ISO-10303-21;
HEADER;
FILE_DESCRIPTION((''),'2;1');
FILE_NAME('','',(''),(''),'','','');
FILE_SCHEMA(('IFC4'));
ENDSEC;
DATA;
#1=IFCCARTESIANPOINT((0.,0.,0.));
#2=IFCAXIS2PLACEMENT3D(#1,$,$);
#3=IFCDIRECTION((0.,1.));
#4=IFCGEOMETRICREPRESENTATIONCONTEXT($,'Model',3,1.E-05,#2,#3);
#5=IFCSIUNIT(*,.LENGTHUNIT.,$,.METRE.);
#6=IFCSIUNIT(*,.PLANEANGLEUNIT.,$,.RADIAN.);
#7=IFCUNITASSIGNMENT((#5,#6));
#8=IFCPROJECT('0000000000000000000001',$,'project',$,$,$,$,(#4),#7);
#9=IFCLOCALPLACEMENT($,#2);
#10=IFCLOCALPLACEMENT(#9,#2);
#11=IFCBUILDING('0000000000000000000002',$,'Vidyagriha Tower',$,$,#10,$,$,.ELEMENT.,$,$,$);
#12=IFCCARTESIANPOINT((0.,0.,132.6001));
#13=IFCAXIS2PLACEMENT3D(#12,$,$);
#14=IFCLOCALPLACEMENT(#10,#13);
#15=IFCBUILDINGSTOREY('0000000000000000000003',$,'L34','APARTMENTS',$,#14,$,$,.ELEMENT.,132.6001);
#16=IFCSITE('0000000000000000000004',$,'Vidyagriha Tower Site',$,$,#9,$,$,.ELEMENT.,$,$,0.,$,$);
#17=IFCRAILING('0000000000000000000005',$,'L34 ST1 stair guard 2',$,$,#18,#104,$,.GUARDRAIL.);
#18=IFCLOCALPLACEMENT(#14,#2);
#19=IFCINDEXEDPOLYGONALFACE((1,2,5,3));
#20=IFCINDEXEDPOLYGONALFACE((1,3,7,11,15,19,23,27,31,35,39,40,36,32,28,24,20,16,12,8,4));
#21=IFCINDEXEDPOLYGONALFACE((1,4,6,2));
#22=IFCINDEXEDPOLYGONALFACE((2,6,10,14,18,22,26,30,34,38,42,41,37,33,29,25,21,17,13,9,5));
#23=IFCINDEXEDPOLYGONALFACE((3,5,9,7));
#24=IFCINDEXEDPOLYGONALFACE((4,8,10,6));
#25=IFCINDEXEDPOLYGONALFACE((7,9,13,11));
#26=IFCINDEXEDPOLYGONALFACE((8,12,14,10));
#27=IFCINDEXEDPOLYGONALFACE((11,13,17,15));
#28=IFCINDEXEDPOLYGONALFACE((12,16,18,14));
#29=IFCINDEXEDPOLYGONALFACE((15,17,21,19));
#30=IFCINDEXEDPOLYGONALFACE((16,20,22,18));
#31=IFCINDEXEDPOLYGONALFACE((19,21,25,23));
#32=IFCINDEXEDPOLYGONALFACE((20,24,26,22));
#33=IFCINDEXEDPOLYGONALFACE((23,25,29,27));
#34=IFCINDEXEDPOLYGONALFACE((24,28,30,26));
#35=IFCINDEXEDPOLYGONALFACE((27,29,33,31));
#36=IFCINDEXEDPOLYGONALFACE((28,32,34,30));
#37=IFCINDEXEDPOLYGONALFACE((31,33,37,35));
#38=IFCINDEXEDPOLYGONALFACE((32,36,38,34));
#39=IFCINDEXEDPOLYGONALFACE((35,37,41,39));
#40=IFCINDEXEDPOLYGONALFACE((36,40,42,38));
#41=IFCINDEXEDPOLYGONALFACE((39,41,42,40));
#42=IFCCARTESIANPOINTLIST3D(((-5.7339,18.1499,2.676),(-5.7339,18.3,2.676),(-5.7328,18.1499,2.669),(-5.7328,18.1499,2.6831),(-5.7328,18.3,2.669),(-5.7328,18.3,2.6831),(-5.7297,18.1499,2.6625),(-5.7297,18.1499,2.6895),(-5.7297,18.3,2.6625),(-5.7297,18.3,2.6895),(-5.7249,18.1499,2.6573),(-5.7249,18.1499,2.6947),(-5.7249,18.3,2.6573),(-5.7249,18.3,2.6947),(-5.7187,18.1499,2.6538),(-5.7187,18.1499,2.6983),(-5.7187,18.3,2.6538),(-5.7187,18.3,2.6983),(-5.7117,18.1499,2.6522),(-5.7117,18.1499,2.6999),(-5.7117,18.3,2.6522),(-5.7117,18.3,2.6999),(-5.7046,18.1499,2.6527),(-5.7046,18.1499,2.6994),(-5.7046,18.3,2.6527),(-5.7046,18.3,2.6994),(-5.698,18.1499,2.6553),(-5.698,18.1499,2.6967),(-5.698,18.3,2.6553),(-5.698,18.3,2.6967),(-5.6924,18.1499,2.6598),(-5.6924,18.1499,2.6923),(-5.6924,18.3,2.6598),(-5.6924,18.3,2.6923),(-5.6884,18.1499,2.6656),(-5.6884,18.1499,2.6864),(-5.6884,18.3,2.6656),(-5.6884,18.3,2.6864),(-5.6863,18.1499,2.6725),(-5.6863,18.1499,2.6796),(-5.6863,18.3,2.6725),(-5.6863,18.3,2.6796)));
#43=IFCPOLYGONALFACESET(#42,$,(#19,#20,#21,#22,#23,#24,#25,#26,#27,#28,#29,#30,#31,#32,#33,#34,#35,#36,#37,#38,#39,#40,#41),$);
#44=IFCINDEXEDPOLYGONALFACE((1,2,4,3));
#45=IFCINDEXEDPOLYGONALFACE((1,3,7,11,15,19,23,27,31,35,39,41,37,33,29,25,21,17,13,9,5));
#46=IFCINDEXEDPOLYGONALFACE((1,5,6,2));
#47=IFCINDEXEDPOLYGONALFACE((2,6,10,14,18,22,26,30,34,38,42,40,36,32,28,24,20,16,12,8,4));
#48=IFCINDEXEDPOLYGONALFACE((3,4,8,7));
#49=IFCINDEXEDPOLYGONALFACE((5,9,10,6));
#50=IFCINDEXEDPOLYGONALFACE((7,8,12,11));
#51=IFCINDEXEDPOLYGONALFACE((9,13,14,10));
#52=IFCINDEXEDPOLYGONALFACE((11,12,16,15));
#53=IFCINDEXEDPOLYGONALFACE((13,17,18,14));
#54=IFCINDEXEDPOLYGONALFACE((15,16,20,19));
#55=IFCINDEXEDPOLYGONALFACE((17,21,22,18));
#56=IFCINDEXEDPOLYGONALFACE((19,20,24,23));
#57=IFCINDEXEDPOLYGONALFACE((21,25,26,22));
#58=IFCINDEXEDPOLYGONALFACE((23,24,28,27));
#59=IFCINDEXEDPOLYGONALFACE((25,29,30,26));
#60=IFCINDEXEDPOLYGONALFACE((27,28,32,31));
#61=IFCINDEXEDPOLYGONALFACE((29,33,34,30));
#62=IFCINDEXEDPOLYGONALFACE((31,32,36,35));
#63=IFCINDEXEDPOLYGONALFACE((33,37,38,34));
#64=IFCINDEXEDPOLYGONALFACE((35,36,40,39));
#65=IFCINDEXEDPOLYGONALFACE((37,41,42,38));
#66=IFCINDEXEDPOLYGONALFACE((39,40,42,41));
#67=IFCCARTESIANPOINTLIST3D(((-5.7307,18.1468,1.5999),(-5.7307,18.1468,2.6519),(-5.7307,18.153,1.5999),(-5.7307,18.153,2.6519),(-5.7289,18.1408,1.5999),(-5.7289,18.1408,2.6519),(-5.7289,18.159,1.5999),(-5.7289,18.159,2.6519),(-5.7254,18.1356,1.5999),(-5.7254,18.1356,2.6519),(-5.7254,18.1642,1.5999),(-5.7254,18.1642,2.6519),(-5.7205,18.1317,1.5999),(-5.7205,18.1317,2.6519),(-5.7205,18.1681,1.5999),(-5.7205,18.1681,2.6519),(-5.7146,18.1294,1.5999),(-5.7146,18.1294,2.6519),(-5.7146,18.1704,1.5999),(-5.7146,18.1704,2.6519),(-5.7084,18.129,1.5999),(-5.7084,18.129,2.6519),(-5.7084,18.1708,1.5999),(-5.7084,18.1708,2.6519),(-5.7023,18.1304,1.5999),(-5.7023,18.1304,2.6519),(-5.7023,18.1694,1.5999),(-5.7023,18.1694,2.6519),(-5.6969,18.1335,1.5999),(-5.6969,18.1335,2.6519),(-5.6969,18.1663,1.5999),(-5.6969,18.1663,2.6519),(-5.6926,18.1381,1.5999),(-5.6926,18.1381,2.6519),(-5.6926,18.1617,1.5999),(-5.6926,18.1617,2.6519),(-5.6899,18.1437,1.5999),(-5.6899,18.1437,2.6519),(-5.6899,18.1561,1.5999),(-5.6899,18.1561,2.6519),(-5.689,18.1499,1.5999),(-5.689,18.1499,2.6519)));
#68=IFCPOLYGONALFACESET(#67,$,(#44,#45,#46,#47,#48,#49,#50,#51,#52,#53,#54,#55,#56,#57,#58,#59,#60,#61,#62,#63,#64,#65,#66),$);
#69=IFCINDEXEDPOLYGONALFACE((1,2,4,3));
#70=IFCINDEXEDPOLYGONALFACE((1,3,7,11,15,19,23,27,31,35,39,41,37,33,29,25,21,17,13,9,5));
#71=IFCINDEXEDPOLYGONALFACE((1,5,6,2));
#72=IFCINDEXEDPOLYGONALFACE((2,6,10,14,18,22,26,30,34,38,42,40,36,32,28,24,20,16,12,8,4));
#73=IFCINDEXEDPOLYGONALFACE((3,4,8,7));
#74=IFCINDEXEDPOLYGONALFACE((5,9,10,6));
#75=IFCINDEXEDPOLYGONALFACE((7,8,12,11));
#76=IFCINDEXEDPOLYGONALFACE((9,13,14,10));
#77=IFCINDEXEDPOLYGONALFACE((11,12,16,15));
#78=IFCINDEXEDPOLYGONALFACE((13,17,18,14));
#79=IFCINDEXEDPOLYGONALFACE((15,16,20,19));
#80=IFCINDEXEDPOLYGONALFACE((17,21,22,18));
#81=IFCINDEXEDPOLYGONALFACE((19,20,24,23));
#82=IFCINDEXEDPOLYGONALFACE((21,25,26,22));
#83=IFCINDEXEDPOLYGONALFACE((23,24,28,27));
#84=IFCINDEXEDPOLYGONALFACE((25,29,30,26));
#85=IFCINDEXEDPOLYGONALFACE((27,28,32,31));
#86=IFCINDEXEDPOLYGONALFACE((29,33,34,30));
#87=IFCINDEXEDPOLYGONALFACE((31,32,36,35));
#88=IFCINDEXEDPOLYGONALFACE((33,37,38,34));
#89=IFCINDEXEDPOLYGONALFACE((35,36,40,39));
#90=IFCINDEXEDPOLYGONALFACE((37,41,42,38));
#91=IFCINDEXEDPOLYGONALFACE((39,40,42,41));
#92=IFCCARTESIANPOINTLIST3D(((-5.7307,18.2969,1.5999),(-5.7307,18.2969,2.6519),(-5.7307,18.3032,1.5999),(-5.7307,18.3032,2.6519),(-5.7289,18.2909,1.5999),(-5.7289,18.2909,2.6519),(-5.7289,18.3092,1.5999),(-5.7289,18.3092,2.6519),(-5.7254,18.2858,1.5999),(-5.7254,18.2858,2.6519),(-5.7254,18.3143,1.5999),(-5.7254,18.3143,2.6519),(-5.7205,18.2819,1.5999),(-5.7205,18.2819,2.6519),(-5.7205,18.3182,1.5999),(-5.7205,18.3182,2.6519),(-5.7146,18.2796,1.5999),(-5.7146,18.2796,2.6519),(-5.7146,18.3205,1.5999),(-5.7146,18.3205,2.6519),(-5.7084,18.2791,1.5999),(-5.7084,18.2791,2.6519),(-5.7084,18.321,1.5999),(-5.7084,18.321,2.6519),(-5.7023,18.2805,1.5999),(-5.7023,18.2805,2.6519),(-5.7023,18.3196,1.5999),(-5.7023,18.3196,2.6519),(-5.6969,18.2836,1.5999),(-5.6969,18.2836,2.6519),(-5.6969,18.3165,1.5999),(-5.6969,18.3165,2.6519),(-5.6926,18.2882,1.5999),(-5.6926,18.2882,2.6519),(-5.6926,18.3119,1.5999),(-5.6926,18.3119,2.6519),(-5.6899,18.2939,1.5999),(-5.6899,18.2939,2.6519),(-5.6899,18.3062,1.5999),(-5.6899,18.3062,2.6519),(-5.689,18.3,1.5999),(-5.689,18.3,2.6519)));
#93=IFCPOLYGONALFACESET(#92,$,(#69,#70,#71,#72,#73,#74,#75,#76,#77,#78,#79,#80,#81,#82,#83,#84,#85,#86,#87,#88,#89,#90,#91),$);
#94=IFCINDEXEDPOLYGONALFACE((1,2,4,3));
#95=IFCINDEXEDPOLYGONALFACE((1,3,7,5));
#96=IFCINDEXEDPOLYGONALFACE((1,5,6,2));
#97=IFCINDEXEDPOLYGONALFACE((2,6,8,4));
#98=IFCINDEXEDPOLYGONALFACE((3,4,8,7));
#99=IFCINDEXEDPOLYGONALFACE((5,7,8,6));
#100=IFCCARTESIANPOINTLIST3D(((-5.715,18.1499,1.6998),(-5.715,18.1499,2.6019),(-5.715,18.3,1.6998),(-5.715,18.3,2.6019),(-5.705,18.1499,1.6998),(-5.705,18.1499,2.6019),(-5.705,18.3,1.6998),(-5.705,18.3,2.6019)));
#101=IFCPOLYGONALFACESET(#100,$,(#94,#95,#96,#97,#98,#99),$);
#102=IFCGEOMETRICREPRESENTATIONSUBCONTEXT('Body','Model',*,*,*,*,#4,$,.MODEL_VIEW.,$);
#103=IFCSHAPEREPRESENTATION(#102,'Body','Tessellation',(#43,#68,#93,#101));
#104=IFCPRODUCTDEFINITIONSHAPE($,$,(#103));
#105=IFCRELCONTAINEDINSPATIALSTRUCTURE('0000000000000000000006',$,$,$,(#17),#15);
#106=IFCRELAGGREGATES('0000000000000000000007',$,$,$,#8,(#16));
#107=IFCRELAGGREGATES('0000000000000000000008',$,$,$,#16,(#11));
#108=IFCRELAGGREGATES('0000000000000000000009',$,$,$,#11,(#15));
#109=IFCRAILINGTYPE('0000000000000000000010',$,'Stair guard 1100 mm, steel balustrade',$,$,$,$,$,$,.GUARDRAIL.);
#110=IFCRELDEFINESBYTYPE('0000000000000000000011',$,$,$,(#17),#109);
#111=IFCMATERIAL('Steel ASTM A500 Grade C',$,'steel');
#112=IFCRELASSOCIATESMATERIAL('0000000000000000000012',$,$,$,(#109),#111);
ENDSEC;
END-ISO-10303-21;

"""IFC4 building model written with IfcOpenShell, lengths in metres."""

from ifc_helpers import new_model, si_unit, direction, frame, origin, origin_2d, place, context, subcontext, project, spatial, rectangle, circle, extrude, material, type_object, element, save


model = new_model("IFC4")

# Units and contexts
model_context = context("Model", 3, precision=1e-05, world=origin(), true_north=direction((0.0, 1.0)))
body_context = subcontext(model_context, "Body", "Model", "MODEL_VIEW")
ifc_project = project(units=[si_unit("LENGTHUNIT", "METRE"), si_unit("PLANEANGLEUNIT", "RADIAN")], contexts=[model_context])

# Site, building, storey
site_placement = place(None, origin())
site = spatial("IfcSite", under=ifc_project, at=site_placement, Name="Vidyagriha Tower Site", CompositionType="ELEMENT", RefElevation=0.0)
building_placement = place(site_placement, origin())
building = spatial("IfcBuilding", under=site, at=building_placement, Name="Vidyagriha Tower", CompositionType="ELEMENT")
storey_placement = place(building_placement, frame((0.0, 0.0, 132.6001)))
storey = spatial("IfcBuildingStorey", under=building, at=storey_placement, Name="L34", Description="APARTMENTS", CompositionType="ELEMENT", Elevation=132.6001)

# Railing
ifc_material_1 = material(Name="Steel ASTM A500 Grade C", Category="steel")
railing_type_1 = type_object("IfcRailingType", Name="Stair guard 1100 mm, steel balustrade", PredefinedType="GUARDRAIL", material=ifc_material_1)
railing_1_placement = place(storey_placement, frame((-5.71, 18.1499, 1.5999)))
element("IfcRailing", 1, at=railing_1_placement, inside=storey, type_object=railing_type_1, Name="L34 ST1 stair guard 2", PredefinedType="GUARDRAIL", context=body_context, shape_type="SweptSolid", body=[
    extrude(circle(Radius=0.0239, at=origin_2d()), frame((0.0, 0.0, 1.0762), z_axis=(0.0, 1.0, 0.0), x_axis=(-1.0, 0.0, 0.0)), (0.0, 0.0, 1.0), 0.1501),
    extrude(circle(Radius=0.021, at=origin_2d()), origin(), (0.0, 0.0, 1.0), 1.052),
    extrude(circle(Radius=0.021, at=origin_2d()), frame((0.0, 0.1501, 0.0)), (0.0, 0.0, 1.0), 1.052),
    extrude(rectangle(XDim=0.01, YDim=0.9021, at=origin_2d()), frame((0.0, 0.0, 0.551), z_axis=(0.0, 1.0, 0.0), x_axis=(-1.0, 0.0, 0.0)), (0.0, 0.0, 1.0), 0.1501),
])

save(model, "model.ifc")
